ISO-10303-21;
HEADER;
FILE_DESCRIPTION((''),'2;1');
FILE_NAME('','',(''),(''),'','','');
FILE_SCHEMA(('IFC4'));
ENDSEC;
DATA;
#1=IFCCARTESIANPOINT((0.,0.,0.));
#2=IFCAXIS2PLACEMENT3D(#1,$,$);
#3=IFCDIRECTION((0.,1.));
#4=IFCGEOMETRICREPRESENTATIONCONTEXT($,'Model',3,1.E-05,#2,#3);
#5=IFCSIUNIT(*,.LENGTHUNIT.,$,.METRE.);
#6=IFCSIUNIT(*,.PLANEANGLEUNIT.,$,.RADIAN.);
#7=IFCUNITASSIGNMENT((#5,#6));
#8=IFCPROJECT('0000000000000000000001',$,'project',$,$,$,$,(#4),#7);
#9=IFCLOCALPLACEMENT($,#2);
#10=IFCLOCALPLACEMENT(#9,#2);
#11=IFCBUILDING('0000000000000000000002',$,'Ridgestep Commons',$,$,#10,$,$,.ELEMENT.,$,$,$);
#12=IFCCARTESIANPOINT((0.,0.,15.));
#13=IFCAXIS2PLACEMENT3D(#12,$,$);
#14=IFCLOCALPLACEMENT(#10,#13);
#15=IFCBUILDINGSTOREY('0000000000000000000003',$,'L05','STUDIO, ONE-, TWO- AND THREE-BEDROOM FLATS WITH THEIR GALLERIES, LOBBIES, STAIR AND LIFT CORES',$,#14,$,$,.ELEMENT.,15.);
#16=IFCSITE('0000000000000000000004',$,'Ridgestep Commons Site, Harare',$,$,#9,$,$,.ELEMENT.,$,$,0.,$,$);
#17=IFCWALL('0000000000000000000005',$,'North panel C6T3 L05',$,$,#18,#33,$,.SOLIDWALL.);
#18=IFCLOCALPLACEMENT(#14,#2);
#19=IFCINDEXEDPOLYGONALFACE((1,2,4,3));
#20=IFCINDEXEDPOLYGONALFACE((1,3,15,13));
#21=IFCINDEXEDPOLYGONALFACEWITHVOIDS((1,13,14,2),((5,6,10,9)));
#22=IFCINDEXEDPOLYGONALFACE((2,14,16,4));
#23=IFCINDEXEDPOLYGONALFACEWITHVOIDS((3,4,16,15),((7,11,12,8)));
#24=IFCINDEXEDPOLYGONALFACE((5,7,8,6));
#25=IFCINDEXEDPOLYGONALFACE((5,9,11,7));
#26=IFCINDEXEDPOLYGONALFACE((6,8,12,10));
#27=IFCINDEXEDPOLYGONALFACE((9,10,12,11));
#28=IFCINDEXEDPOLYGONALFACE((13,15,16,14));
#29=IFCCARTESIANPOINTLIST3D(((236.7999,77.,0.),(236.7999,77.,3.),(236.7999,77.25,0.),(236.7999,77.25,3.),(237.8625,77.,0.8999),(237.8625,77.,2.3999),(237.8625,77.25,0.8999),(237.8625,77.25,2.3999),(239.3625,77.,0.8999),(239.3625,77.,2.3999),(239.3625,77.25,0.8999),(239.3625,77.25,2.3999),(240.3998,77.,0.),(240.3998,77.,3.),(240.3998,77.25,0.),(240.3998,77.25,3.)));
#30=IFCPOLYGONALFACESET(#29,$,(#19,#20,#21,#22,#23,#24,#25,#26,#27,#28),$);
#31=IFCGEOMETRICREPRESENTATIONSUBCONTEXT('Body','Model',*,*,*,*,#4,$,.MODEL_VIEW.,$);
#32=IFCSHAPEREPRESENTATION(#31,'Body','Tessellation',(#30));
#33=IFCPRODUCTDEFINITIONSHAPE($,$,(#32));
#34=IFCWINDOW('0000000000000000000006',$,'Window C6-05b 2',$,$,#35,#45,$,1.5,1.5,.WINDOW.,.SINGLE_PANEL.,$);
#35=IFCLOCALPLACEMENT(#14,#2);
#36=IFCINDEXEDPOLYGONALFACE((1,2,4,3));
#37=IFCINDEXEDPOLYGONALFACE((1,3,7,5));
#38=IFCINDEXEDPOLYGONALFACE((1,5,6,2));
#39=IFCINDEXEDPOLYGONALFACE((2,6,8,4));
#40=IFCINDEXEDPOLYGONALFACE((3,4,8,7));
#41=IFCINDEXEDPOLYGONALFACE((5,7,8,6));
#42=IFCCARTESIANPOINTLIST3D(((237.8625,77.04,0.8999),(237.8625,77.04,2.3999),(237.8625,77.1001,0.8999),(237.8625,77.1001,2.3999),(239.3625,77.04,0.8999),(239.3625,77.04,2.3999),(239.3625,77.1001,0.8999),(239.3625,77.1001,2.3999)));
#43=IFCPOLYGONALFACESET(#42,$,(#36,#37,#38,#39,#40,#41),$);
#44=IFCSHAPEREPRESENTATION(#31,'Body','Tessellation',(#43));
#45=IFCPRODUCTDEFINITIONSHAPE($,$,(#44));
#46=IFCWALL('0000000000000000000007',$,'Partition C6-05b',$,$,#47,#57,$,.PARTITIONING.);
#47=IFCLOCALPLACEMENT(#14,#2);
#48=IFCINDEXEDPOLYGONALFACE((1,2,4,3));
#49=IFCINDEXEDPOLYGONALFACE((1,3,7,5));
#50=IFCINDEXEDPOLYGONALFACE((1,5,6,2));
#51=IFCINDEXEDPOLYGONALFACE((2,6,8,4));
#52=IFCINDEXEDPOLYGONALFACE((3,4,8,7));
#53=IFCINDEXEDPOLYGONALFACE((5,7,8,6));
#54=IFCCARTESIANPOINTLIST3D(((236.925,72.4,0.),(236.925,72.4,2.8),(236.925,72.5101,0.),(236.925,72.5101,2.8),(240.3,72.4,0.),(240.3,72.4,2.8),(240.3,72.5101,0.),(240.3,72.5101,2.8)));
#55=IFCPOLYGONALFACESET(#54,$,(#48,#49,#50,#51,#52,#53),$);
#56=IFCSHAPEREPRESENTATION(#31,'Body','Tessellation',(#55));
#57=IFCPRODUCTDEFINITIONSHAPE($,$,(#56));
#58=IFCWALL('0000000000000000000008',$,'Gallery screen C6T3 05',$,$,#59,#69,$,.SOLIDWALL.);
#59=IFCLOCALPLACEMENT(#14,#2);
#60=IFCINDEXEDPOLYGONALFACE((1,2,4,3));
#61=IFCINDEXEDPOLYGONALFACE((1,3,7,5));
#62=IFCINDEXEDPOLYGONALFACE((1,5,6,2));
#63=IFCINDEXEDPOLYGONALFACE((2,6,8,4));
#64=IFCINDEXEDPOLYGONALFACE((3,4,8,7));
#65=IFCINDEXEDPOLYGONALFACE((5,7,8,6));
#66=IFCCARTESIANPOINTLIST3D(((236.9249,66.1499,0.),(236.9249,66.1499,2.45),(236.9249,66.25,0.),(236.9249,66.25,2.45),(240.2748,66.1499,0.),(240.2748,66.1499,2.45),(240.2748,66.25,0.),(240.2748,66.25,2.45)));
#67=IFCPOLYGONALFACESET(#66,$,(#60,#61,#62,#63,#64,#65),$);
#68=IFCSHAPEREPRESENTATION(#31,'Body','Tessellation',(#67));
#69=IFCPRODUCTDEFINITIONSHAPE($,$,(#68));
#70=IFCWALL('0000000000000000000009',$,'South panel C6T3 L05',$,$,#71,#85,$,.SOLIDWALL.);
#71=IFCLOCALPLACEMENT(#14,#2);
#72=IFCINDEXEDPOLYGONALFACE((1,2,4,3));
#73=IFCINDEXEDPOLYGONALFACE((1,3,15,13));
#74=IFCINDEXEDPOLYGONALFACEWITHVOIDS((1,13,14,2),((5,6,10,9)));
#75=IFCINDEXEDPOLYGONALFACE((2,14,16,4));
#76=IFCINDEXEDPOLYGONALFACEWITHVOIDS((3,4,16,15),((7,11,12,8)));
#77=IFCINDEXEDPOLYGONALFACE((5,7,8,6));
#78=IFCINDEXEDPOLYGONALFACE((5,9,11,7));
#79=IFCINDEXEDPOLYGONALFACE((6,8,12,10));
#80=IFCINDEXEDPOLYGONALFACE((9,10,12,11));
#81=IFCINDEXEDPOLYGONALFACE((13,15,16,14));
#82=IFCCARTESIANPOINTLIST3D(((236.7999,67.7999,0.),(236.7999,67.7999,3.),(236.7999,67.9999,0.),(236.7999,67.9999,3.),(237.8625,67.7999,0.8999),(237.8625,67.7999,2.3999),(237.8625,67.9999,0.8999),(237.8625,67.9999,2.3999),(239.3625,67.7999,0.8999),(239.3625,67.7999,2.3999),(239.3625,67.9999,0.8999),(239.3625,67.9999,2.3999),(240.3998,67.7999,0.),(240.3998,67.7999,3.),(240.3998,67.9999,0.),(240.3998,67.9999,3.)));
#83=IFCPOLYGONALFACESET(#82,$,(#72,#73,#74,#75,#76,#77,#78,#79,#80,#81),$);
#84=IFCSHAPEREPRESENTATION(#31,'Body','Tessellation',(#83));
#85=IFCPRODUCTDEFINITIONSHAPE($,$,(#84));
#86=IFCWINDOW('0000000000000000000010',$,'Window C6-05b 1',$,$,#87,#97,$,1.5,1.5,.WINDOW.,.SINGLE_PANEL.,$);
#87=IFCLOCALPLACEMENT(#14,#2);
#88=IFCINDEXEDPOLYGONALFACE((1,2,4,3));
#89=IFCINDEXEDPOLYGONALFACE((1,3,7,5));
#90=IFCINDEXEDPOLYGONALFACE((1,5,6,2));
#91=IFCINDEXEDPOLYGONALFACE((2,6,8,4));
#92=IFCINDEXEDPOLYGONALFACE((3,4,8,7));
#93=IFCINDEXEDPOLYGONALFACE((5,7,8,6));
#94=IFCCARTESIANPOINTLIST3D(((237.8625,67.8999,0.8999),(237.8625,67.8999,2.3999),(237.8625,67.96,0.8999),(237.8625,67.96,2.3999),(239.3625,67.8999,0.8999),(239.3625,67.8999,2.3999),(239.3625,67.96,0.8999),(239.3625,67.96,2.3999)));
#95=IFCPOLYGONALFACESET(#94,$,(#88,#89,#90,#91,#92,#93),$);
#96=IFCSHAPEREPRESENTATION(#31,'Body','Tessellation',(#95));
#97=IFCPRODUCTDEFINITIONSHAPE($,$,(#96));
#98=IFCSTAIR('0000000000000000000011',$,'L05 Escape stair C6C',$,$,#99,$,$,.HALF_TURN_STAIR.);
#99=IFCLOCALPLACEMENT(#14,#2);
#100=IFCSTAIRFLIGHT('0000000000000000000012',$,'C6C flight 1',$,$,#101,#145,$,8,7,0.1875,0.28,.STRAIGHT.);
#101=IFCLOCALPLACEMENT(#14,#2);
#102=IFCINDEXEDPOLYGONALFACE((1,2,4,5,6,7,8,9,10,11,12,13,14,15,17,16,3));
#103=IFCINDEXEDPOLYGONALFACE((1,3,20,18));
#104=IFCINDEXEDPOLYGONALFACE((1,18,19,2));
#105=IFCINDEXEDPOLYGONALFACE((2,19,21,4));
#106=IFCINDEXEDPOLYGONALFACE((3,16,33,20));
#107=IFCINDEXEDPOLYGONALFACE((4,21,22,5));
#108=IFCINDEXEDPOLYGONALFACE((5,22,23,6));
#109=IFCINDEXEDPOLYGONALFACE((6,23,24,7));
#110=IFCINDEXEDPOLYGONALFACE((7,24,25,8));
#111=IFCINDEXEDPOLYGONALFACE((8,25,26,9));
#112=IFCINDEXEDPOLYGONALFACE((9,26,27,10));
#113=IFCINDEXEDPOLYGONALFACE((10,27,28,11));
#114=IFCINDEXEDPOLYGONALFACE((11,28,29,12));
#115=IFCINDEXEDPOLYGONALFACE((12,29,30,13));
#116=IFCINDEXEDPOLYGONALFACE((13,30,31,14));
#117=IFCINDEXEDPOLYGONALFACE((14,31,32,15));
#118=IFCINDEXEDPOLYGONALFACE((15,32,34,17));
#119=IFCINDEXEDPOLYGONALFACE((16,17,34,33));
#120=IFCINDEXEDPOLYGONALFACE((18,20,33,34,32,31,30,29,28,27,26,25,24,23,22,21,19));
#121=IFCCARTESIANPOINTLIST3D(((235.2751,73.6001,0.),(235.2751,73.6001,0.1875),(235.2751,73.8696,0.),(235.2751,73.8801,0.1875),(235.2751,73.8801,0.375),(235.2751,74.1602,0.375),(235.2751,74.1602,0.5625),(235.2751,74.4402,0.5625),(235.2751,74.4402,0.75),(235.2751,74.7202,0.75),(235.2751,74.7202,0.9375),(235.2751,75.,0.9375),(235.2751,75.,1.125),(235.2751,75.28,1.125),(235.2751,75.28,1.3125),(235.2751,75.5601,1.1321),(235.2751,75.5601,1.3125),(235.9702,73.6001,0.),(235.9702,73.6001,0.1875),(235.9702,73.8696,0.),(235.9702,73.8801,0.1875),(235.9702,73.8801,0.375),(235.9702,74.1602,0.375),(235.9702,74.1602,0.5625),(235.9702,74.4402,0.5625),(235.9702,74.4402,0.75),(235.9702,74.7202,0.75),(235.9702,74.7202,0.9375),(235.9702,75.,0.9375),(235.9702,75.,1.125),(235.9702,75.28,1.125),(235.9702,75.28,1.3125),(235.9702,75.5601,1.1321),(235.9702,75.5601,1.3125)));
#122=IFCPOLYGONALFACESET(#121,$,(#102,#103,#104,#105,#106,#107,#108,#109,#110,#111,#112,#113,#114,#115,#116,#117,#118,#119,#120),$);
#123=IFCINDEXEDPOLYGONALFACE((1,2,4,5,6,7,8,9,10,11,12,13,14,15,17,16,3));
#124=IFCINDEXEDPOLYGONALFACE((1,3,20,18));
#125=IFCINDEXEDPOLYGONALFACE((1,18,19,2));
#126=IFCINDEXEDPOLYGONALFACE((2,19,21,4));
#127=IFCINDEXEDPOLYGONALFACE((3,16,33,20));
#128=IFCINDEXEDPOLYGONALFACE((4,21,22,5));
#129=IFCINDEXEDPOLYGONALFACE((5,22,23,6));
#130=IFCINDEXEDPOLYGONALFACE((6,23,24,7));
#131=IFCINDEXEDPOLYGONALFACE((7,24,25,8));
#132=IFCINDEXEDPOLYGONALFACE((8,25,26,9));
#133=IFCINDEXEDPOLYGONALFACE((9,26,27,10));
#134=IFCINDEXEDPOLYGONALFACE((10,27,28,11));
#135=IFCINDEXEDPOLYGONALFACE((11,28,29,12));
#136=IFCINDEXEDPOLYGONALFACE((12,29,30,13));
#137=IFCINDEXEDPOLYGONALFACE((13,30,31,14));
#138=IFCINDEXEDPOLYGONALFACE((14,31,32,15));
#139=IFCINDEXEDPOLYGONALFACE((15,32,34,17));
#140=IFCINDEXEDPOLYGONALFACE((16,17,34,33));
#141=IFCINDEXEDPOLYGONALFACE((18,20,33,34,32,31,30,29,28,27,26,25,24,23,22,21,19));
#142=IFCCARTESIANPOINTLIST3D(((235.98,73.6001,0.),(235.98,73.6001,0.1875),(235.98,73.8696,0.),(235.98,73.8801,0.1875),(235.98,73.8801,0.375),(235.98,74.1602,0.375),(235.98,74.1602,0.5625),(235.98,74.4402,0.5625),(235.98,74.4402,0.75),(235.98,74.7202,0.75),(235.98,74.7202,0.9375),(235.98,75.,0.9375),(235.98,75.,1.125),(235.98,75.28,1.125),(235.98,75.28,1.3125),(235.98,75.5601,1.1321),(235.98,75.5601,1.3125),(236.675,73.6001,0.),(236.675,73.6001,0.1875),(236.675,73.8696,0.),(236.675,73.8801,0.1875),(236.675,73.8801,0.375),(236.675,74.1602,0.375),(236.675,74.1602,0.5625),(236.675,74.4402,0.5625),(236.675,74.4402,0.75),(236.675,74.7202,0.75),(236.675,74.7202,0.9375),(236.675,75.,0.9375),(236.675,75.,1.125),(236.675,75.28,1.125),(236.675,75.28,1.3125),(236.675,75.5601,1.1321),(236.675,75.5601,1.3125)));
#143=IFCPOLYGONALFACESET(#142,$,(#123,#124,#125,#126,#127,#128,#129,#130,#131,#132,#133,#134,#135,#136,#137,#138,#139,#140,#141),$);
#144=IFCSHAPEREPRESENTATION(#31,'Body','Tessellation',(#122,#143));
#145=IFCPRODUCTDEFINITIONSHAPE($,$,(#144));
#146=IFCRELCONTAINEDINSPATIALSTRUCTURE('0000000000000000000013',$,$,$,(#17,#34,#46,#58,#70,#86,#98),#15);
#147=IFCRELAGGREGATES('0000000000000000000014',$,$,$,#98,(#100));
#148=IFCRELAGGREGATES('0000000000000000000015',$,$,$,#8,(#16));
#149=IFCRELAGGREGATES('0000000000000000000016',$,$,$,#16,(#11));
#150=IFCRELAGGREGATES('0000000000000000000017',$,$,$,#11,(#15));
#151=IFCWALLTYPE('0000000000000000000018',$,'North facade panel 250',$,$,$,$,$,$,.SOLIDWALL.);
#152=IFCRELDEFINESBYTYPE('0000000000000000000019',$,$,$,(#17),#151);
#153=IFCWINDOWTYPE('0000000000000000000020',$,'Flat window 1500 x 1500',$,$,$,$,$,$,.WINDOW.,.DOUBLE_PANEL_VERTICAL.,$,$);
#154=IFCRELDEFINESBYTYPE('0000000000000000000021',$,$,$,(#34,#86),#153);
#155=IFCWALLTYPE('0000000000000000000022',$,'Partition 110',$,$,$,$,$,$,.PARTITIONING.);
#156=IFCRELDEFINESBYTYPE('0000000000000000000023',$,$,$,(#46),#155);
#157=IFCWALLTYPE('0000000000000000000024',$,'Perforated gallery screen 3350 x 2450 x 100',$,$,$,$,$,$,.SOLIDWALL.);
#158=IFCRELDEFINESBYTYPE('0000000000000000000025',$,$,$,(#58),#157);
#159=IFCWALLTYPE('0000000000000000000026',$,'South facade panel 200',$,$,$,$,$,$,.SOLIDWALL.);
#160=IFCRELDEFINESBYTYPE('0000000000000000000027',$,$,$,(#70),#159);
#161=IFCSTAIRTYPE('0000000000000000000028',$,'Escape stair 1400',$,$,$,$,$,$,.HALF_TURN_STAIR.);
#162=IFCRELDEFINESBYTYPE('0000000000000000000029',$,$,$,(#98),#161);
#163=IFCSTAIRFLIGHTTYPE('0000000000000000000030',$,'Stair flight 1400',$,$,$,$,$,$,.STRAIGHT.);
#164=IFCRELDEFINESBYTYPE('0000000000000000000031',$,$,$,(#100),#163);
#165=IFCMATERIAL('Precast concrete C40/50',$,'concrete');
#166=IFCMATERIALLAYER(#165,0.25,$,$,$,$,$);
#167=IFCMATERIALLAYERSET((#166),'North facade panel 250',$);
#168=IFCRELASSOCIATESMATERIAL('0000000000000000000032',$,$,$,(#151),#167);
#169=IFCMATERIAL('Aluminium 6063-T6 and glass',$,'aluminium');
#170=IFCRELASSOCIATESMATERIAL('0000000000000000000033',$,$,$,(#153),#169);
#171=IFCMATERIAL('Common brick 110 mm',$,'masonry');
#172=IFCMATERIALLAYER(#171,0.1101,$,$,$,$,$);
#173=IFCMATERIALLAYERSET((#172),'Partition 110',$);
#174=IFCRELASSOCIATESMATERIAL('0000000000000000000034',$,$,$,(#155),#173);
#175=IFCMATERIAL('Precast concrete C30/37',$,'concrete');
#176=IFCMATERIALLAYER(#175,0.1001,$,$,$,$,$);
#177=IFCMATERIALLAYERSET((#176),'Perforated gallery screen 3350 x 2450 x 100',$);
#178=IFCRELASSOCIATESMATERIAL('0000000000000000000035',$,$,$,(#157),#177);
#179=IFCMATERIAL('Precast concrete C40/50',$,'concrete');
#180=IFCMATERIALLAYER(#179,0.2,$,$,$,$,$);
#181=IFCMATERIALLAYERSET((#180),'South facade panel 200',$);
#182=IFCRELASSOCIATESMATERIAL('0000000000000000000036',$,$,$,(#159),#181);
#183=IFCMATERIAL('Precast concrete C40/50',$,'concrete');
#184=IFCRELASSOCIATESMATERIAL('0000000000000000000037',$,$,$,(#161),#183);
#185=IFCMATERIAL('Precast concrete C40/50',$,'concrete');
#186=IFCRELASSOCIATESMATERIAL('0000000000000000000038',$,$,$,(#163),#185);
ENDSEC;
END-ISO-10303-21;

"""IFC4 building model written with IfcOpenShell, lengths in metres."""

from ifc_helpers import new_model, si_unit, direction, frame, frame_2d, origin, place, context, subcontext, project, spatial, polyline, rectangle, outline, extrude, material, layer, layer_set, type_object, element, fill, aggregate, save


model = new_model("IFC4")

# Units and contexts
model_context = context("Model", 3, precision=1e-05, world=origin(), true_north=direction((0.0, 1.0)))
body_context = subcontext(model_context, "Body", "Model", "MODEL_VIEW")
ifc_project = project(units=[si_unit("LENGTHUNIT", "METRE"), si_unit("PLANEANGLEUNIT", "RADIAN")], contexts=[model_context])

# Site, building, storey
site_placement = place(None, origin())
site = spatial("IfcSite", under=ifc_project, at=site_placement, Name="Ridgestep Commons Site, Harare", CompositionType="ELEMENT", RefElevation=0.0)
building_placement = place(site_placement, origin())
building = spatial("IfcBuilding", under=site, at=building_placement, Name="Ridgestep Commons", CompositionType="ELEMENT")
storey_placement = place(building_placement, frame((0.0, 0.0, 15.0)))
storey = spatial("IfcBuildingStorey", under=building, at=storey_placement, Name="L05", Description="STUDIO, ONE-, TWO- AND THREE-BEDROOM FLATS WITH THEIR GALLERIES, LOBBIES, STAIR AND LIFT CORES", CompositionType="ELEMENT", Elevation=15.0)

# Wall, opening, window
ifc_material_1 = material(Name="Precast concrete C40/50", Category="concrete")
ifc_layer_1 = layer(ifc_material_1, 0.25)
ifc_layer_set_1 = layer_set([ifc_layer_1], Name="North facade panel 250")
wall_type_1 = type_object("IfcWallType", Name="North facade panel 250", PredefinedType="SOLIDWALL", material=ifc_layer_set_1)
wall_1_placement = place(storey_placement, frame((236.8, 77.125, 0.0), z_axis=(0.0, 0.0, 1.0), x_axis=(1.0, 0.0, 0.0)))
wall_1 = element("IfcWall", 1, at=wall_1_placement, inside=storey, type_object=wall_type_1, Name="North panel C6T3 L05", PredefinedType="SOLIDWALL", context=body_context, shape_type="SweptSolid", body=[
    extrude(rectangle(XDim=3.5999, YDim=0.25, at=frame_2d((1.7998, 0.0))), origin(), (0.0, 0.0, 1.0), 3.0),
])
opening_1_placement = place(wall_1_placement, frame((1.0625, 0.0, 0.8999)))
opening_1 = element("IfcOpeningElement", 2, at=opening_1_placement, cuts=wall_1, PredefinedType="OPENING", context=body_context, shape_type="SweptSolid", body=[
    extrude(rectangle(XDim=1.5, YDim=1.5, at=frame_2d((0.75, 0.75))), frame((0.0, 0.135, 0.0), z_axis=(0.0, -1.0, 0.0), x_axis=(1.0, 0.0, 0.0)), (0.0, 0.0, 1.0), 0.27),
])
ifc_material_2 = material(Name="Aluminium 6063-T6 and glass", Category="aluminium")
window_type = type_object("IfcWindowType", Name="Flat window 1500 x 1500", PartitioningType="DOUBLE_PANEL_VERTICAL", PredefinedType="WINDOW", material=ifc_material_2)
window_1_placement = place(opening_1_placement, origin())
window_1 = element("IfcWindow", 3, at=window_1_placement, inside=storey, type_object=window_type, Name="Window C6-05b 2", OverallHeight=1.5, OverallWidth=1.5, PartitioningType="SINGLE_PANEL", PredefinedType="WINDOW", context=body_context, shape_type="SweptSolid", body=[
    extrude(rectangle(XDim=1.5, YDim=1.5, at=frame_2d((0.75, 0.75))), frame((0.0, -0.0249, 0.0), z_axis=(0.0, -1.0, 0.0), x_axis=(1.0, 0.0, 0.0)), (0.0, 0.0, 1.0), 0.0601),
])
fill(opening_1, window_1)

# Walls
ifc_material_3 = material(Name="Common brick 110 mm", Category="masonry")
ifc_layer_2 = layer(ifc_material_3, 0.1101)
ifc_layer_set_2 = layer_set([ifc_layer_2], Name="Partition 110")
wall_type_2 = type_object("IfcWallType", Name="Partition 110", PredefinedType="PARTITIONING", material=ifc_layer_set_2)
wall_2_placement = place(storey_placement, frame((236.925, 72.4551, 0.0), z_axis=(0.0, 0.0, 1.0), x_axis=(1.0, 0.0, 0.0)))
element("IfcWall", 4, at=wall_2_placement, inside=storey, type_object=wall_type_2, Name="Partition C6-05b", PredefinedType="PARTITIONING", context=body_context, shape_type="SweptSolid", body=[
    extrude(rectangle(XDim=3.375, YDim=0.1101, at=frame_2d((1.6875, 0.0))), origin(), (0.0, 0.0, 1.0), 2.8),
])
ifc_material_4 = material(Name="Precast concrete C30/37", Category="concrete")
ifc_layer_3 = layer(ifc_material_4, 0.1001)
ifc_layer_set_3 = layer_set([ifc_layer_3], Name="Perforated gallery screen 3350 x 2450 x 100")
wall_type_3 = type_object("IfcWallType", Name="Perforated gallery screen 3350 x 2450 x 100", PredefinedType="SOLIDWALL", material=ifc_layer_set_3)
wall_3_placement = place(storey_placement, frame((236.925, 66.2, 0.0), z_axis=(0.0, 0.0, 1.0), x_axis=(1.0, 0.0, 0.0)))
element("IfcWall", 5, at=wall_3_placement, inside=storey, type_object=wall_type_3, Name="Gallery screen C6T3 05", PredefinedType="SOLIDWALL", context=body_context, shape_type="SweptSolid", body=[
    extrude(rectangle(XDim=3.3499, YDim=0.1001, at=frame_2d((1.6748, 0.0))), origin(), (0.0, 0.0, 1.0), 2.45),
])

# Wall, opening, window
ifc_material_5 = material(Name="Precast concrete C40/50", Category="concrete")
ifc_layer_4 = layer(ifc_material_5, 0.2)
ifc_layer_set_4 = layer_set([ifc_layer_4], Name="South facade panel 200")
wall_type_4 = type_object("IfcWallType", Name="South facade panel 200", PredefinedType="SOLIDWALL", material=ifc_layer_set_4)
wall_4_placement = place(storey_placement, frame((236.8, 67.8999, 0.0), z_axis=(0.0, 0.0, 1.0), x_axis=(1.0, 0.0, 0.0)))
wall_4 = element("IfcWall", 6, at=wall_4_placement, inside=storey, type_object=wall_type_4, Name="South panel C6T3 L05", PredefinedType="SOLIDWALL", context=body_context, shape_type="SweptSolid", body=[
    extrude(rectangle(XDim=3.5999, YDim=0.2, at=frame_2d((1.7998, 0.0))), origin(), (0.0, 0.0, 1.0), 3.0),
])
opening_2_placement = place(wall_4_placement, frame((1.0625, 0.0, 0.8999)))
opening_2 = element("IfcOpeningElement", 7, at=opening_2_placement, cuts=wall_4, PredefinedType="OPENING", context=body_context, shape_type="SweptSolid", body=[
    extrude(rectangle(XDim=1.5, YDim=1.5, at=frame_2d((0.75, 0.75))), frame((0.0, 0.1099, 0.0), z_axis=(0.0, -1.0, 0.0), x_axis=(1.0, 0.0, 0.0)), (0.0, 0.0, 1.0), 0.22),
])
window_2_placement = place(opening_2_placement, origin())
window_2 = element("IfcWindow", 8, at=window_2_placement, inside=storey, type_object=window_type, Name="Window C6-05b 1", OverallHeight=1.5, OverallWidth=1.5, PartitioningType="SINGLE_PANEL", PredefinedType="WINDOW", context=body_context, shape_type="SweptSolid", body=[
    extrude(rectangle(XDim=1.5, YDim=1.5, at=frame_2d((0.75, 0.75))), frame((0.0, 0.0601, 0.0), z_axis=(0.0, -1.0, 0.0), x_axis=(1.0, 0.0, 0.0)), (0.0, 0.0, 1.0), 0.0601),
])
fill(opening_2, window_2)

# Stair, stair flight
ifc_material_6 = material(Name="Precast concrete C40/50", Category="concrete")
stair_type = type_object("IfcStairType", Name="Escape stair 1400", PredefinedType="HALF_TURN_STAIR", material=ifc_material_6)
stair_placement = place(storey_placement, origin())
stair = element("IfcStair", 9, at=stair_placement, inside=storey, type_object=stair_type, Name="L05 Escape stair C6C", PredefinedType="HALF_TURN_STAIR")
ifc_material_7 = material(Name="Precast concrete C40/50", Category="concrete")
stair_flight_type = type_object("IfcStairFlightType", Name="Stair flight 1400", PredefinedType="STRAIGHT", material=ifc_material_7)
stair_flight_1_placement = place(storey_placement, frame((235.9751, 73.6001, 0.0), z_axis=(0.0, 0.0, 1.0), x_axis=(0.0, 1.0, 0.0)))
stair_flight_1 = element("IfcStairFlight", 10, at=stair_flight_1_placement, type_object=stair_flight_type, Name="C6C flight 1", NumberOfRisers=8, NumberOfTreads=7, PredefinedType="STRAIGHT", RiserHeight=0.1875, TreadLength=0.28, context=body_context, shape_type="SweptSolid", body=[
    extrude(outline(polyline([(0.0, 0.0), (0.0, 0.1875), (0.28, 0.1875), (0.28, 0.375), (0.5601, 0.375), (0.5601, 0.5625), (0.8401, 0.5625), (0.8401, 0.75), (1.1201, 0.75), (1.1201, 0.9375), (1.3999, 0.9375), (1.3999, 1.125), (1.6799, 1.125), (1.6799, 1.3125), (1.96, 1.3125), (1.96, 1.5), (1.96, 1.1321), (0.2695, 0.0), (0.0, 0.0)])), frame((0.0, 0.7, 0.0), z_axis=(0.0, -1.0, 0.0), x_axis=(1.0, 0.0, 0.0)), (0.0, 0.0, 1.0), 0.6951),
    extrude(outline(polyline([(0.0, 0.0), (0.0, 0.1875), (0.28, 0.1875), (0.28, 0.375), (0.5601, 0.375), (0.5601, 0.5625), (0.8401, 0.5625), (0.8401, 0.75), (1.1201, 0.75), (1.1201, 0.9375), (1.3999, 0.9375), (1.3999, 1.125), (1.6799, 1.125), (1.6799, 1.3125), (1.96, 1.3125), (1.96, 1.5), (1.96, 1.1321), (0.2695, 0.0), (0.0, 0.0)])), frame((0.0, -0.0049, 0.0), z_axis=(0.0, -1.0, 0.0), x_axis=(1.0, 0.0, 0.0)), (0.0, 0.0, 1.0), 0.6951),
])
aggregate(stair, [stair_flight_1])

save(model, "model.ifc")
